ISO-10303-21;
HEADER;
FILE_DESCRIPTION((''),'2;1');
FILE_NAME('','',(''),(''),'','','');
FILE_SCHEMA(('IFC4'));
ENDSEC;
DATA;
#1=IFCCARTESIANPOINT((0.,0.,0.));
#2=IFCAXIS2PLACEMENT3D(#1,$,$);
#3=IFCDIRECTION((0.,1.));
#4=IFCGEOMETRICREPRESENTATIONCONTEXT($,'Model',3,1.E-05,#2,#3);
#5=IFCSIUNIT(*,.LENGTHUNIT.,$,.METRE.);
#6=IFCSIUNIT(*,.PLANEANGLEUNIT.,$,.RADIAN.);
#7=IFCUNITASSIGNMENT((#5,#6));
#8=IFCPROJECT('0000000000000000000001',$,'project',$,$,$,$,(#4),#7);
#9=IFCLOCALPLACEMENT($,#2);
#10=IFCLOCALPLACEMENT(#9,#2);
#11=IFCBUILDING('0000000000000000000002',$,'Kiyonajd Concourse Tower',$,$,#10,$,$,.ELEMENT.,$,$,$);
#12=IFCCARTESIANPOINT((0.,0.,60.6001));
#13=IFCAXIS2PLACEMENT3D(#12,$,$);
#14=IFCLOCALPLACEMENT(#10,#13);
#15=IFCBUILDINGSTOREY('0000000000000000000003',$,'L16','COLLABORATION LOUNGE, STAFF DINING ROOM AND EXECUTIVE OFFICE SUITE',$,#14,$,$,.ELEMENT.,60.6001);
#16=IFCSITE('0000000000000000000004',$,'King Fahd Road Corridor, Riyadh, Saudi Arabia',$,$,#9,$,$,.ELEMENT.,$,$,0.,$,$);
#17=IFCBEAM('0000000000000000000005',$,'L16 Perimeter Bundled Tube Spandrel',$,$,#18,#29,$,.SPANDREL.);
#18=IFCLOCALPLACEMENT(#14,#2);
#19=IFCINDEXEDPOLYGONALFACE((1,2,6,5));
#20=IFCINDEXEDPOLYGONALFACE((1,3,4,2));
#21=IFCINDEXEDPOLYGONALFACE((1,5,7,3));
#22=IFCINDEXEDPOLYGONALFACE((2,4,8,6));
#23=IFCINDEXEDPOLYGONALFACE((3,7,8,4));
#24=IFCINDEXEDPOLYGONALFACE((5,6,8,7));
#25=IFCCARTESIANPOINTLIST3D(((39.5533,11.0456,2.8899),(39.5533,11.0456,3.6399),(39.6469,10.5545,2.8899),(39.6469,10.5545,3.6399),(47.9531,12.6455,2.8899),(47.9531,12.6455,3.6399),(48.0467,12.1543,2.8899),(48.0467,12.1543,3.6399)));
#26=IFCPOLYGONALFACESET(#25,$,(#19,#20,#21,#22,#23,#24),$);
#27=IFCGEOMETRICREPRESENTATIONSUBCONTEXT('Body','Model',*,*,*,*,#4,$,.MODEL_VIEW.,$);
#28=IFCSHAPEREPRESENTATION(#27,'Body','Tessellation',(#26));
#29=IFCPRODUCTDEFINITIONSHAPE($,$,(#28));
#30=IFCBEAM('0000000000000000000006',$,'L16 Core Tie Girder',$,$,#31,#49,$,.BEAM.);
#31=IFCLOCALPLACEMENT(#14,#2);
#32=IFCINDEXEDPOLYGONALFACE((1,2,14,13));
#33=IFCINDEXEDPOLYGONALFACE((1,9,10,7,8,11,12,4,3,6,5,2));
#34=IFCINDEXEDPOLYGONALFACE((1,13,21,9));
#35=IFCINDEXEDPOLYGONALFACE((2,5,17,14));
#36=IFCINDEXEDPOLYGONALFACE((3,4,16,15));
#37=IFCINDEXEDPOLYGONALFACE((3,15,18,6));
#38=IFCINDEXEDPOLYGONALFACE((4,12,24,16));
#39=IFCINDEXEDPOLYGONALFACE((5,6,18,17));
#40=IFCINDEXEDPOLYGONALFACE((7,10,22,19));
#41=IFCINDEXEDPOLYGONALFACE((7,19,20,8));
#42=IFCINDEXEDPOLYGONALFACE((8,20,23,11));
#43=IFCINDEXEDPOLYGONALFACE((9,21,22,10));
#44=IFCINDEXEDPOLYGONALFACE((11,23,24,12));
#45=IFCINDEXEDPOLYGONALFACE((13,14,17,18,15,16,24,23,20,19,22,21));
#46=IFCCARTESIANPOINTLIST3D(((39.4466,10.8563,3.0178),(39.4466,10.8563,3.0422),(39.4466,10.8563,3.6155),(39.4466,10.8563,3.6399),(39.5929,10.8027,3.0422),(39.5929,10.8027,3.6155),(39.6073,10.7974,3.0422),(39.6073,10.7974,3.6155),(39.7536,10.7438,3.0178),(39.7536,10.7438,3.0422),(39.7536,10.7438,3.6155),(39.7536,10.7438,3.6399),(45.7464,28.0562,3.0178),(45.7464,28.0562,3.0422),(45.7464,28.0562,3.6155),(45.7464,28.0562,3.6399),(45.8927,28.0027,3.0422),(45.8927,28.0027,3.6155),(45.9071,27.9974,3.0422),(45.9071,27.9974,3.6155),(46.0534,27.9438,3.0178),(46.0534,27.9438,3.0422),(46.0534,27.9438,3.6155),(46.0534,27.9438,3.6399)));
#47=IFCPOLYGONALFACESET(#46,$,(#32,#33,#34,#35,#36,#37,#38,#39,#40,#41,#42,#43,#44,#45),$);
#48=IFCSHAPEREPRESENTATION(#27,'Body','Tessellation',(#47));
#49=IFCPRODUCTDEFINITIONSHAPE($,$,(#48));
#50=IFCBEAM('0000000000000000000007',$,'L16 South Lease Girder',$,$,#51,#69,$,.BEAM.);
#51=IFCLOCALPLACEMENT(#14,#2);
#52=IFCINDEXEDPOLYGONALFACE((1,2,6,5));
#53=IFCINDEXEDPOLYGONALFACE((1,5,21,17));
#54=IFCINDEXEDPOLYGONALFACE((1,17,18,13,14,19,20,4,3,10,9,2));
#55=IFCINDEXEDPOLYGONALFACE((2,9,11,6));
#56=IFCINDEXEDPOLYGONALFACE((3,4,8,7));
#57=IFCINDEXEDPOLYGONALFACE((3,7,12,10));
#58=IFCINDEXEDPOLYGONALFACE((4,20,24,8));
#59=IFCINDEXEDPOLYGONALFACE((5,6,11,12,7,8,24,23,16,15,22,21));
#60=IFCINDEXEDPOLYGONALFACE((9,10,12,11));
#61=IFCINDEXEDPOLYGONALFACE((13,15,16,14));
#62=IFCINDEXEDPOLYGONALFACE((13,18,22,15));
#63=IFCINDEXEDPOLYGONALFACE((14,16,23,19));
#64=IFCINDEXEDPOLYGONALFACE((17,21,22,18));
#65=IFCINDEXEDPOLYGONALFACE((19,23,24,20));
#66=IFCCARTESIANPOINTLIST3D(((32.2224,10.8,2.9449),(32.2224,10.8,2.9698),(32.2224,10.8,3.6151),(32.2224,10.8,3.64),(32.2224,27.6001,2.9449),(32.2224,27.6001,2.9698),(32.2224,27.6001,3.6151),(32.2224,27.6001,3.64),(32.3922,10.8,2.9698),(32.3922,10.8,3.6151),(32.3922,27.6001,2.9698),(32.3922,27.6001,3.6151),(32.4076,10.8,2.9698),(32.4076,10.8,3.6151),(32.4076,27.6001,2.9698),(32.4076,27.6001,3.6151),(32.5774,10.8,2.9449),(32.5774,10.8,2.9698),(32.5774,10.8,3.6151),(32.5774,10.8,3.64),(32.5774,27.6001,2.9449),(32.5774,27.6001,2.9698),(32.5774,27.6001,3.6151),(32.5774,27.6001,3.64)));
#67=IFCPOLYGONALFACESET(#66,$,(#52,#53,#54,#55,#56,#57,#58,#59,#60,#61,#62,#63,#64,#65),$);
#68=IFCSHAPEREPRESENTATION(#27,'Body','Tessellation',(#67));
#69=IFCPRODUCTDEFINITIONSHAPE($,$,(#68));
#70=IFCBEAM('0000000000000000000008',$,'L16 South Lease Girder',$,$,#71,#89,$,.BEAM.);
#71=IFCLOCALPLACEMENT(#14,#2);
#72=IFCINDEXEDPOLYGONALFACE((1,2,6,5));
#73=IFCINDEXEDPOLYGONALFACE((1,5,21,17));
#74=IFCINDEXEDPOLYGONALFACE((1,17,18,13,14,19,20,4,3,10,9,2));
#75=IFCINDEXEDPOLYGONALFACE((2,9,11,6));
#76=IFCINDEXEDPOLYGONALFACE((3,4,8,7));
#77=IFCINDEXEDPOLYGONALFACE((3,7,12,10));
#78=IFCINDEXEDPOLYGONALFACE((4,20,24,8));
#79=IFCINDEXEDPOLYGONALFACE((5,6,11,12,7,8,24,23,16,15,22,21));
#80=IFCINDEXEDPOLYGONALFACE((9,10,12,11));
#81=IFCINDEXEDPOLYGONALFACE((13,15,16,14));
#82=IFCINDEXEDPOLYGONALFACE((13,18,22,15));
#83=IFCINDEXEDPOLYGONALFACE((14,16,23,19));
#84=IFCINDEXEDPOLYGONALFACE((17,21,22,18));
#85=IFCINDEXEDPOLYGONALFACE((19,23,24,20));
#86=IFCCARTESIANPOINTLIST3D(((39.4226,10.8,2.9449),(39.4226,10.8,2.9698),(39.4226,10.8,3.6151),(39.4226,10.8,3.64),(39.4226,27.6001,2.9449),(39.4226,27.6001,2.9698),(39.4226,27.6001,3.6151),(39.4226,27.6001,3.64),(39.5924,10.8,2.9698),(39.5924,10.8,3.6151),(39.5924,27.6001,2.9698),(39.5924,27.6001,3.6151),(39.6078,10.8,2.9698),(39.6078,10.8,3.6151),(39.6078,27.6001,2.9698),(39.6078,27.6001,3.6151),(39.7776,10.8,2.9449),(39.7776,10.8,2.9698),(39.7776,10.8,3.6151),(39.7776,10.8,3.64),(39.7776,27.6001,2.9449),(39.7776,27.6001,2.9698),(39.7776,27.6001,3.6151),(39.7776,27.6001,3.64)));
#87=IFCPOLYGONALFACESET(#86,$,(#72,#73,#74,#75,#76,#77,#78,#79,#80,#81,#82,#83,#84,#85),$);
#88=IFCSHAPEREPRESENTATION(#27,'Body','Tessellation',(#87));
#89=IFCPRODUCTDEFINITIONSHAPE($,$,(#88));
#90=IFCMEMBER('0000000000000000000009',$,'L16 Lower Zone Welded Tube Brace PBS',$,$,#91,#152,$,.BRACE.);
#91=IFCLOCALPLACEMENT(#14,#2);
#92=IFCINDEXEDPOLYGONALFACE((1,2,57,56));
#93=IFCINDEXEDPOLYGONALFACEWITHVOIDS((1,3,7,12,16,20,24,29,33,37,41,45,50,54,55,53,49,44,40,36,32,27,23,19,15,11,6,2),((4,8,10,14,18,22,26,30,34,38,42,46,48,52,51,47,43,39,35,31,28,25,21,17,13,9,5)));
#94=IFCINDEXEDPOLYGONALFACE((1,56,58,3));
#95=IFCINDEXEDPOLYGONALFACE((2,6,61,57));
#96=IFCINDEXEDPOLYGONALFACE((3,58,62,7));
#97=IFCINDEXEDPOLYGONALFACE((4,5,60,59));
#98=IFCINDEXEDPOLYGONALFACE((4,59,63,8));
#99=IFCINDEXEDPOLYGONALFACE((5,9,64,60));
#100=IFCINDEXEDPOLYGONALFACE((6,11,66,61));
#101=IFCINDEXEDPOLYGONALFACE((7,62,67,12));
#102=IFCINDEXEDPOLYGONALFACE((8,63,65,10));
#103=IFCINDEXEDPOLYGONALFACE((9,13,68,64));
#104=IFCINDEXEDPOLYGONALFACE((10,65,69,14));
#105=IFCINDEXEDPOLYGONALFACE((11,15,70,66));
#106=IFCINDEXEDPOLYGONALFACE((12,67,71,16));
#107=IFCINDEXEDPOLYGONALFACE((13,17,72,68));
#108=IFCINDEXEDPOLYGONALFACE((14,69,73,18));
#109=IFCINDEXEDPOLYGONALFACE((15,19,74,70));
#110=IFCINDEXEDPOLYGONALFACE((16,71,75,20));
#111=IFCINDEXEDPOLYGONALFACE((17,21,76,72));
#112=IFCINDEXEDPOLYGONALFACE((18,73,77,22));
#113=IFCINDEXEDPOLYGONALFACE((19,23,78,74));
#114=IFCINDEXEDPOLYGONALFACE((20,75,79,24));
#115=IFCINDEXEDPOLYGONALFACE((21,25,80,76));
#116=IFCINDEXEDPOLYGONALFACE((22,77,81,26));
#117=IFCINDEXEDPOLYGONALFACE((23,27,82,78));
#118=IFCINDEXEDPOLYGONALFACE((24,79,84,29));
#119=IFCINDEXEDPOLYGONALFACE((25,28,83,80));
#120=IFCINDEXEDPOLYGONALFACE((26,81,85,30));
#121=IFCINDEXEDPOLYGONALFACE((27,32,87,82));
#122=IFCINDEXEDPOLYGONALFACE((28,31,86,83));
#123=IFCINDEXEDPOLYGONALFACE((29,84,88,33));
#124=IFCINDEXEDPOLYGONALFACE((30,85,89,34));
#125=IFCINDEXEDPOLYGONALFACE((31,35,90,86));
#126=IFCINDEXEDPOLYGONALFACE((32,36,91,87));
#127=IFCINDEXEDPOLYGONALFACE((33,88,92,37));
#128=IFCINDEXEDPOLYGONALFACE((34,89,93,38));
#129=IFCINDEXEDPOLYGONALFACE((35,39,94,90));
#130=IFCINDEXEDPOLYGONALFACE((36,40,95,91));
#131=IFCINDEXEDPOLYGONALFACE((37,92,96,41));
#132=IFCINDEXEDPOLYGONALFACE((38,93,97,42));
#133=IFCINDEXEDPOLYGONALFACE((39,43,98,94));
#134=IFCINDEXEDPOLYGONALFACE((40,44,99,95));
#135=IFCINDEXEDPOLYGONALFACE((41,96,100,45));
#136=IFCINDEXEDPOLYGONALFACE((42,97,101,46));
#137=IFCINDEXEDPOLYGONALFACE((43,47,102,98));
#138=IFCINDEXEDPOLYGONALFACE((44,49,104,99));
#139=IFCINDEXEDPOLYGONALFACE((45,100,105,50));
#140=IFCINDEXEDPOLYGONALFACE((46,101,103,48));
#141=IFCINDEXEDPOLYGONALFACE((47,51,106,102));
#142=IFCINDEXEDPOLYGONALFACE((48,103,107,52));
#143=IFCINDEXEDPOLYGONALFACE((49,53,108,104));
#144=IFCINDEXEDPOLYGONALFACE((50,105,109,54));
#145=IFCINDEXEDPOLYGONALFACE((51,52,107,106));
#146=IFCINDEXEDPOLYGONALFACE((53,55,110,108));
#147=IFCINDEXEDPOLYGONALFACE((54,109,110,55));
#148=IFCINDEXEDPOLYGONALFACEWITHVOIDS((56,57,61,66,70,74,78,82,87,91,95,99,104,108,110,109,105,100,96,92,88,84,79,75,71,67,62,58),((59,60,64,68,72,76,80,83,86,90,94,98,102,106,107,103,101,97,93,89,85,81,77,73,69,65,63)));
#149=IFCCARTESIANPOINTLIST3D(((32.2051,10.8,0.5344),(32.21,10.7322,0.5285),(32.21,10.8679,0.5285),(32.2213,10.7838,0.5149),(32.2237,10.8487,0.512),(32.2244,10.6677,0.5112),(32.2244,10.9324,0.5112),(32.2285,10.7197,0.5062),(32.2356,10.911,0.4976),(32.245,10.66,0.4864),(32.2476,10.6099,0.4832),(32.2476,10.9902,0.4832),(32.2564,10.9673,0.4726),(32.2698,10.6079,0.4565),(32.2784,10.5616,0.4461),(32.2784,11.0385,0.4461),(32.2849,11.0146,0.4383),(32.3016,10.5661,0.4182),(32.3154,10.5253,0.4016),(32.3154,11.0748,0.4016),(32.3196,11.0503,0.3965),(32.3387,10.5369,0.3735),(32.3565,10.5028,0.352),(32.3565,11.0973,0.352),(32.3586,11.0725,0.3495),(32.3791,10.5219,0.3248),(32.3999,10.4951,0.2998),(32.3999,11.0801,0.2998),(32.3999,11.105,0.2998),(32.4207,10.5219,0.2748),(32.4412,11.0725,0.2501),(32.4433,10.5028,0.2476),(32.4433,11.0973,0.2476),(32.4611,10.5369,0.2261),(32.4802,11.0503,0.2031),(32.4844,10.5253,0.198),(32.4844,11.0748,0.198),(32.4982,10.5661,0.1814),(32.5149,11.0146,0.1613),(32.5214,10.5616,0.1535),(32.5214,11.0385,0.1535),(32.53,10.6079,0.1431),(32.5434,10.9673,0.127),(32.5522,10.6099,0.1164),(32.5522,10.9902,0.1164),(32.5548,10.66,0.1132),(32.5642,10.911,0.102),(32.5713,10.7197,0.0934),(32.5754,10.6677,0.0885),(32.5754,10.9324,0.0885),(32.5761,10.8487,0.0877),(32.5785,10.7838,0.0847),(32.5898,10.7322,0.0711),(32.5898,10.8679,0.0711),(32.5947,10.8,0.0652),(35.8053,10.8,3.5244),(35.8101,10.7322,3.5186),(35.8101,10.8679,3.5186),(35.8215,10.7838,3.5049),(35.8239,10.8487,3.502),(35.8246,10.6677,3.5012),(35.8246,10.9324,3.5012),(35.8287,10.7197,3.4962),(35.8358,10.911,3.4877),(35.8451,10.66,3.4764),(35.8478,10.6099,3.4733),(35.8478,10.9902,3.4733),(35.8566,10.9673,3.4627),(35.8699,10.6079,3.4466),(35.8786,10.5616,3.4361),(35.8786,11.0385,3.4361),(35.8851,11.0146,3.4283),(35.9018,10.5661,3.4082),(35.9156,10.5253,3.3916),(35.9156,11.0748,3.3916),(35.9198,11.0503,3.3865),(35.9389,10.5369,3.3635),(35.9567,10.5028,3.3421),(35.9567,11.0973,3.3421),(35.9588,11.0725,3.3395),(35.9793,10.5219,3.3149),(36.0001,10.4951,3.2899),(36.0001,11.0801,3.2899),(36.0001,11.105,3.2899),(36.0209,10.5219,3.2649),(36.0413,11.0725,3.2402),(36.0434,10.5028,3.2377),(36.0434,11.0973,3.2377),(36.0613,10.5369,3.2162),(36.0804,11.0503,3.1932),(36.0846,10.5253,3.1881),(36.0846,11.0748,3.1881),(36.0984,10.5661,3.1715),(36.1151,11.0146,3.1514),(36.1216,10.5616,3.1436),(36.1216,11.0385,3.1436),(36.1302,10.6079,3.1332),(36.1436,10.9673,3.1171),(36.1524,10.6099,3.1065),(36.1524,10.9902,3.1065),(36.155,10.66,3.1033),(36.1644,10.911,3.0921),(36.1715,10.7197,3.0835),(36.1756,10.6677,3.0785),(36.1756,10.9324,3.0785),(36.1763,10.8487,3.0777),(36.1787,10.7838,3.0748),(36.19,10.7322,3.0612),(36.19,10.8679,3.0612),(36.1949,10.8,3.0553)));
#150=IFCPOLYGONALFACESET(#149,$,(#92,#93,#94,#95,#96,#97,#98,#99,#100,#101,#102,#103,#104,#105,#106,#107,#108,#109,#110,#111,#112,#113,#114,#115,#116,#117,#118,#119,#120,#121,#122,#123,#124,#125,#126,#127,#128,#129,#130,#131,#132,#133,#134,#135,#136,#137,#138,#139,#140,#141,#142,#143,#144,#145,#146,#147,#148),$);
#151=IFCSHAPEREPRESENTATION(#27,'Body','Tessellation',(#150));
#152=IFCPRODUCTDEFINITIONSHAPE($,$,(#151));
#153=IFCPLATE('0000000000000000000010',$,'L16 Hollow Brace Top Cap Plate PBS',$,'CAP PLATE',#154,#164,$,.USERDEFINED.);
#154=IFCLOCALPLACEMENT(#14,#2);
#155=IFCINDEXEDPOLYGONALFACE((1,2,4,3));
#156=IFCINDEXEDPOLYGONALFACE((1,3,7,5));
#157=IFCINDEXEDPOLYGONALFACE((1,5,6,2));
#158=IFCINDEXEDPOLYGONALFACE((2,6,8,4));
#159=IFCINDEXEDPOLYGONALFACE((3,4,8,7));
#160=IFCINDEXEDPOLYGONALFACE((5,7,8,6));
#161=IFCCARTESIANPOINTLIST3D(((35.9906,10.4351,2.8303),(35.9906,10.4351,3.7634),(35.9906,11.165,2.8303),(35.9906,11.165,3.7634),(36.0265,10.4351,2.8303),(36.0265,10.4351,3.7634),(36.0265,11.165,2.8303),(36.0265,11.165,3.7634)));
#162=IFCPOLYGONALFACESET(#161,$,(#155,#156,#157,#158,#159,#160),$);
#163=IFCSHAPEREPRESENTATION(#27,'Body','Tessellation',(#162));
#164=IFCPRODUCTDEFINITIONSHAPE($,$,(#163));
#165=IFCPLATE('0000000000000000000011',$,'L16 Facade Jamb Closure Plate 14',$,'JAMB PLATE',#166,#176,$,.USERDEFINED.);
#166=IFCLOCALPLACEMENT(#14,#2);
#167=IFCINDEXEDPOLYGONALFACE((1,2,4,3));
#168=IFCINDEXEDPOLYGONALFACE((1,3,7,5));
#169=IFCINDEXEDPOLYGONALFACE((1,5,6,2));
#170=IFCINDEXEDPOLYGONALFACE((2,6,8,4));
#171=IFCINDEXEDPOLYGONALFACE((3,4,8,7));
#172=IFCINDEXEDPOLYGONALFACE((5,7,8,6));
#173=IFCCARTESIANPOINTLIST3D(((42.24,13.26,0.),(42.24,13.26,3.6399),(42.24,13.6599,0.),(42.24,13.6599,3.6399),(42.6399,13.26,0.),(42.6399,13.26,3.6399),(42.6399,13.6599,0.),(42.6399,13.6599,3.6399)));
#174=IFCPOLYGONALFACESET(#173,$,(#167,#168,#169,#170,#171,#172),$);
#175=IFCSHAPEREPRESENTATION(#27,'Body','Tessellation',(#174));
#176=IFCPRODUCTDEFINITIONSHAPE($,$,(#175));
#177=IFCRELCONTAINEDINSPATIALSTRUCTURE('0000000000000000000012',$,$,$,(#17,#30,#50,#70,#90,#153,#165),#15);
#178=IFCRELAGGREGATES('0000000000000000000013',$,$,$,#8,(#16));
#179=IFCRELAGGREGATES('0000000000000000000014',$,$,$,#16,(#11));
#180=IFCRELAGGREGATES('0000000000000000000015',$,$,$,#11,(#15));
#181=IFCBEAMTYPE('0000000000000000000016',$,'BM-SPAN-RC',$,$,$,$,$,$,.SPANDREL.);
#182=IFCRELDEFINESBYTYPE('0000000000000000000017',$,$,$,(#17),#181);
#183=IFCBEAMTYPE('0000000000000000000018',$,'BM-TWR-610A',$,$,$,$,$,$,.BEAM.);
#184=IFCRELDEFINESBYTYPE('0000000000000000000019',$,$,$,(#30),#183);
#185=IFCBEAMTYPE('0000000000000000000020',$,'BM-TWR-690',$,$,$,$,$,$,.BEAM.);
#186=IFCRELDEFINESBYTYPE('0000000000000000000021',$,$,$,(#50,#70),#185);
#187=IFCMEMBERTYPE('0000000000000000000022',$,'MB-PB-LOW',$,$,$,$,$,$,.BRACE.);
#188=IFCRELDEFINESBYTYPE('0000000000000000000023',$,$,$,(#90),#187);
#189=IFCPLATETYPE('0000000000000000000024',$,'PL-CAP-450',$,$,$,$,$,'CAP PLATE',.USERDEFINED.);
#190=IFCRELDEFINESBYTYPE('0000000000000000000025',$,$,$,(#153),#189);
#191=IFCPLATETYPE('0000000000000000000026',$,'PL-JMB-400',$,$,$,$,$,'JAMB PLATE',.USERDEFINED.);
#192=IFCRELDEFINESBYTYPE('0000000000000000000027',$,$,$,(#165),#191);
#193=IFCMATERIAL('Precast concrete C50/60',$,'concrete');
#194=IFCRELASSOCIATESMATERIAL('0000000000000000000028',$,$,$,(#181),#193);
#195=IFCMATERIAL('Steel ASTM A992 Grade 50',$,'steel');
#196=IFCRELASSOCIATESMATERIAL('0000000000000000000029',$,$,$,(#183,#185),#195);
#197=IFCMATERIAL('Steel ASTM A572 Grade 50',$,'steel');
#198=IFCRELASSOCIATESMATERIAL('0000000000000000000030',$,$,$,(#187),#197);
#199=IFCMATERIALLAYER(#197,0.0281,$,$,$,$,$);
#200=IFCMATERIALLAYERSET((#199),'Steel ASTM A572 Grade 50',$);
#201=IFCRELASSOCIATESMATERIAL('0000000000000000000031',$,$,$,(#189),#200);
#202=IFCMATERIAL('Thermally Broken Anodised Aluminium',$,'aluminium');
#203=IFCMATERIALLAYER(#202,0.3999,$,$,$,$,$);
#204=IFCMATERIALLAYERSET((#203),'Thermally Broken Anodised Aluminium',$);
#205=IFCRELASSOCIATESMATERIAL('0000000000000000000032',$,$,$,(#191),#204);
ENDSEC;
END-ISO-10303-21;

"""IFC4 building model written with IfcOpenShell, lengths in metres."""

from ifc_helpers import new_model, si_unit, direction, frame, origin, origin_2d, place, context, subcontext, project, spatial, rectangle, hollow_circle, i_section, extrude, material, layer, layer_set, material_profile, profile_set, type_object, element, save


model = new_model("IFC4")

# Units and contexts
model_context = context("Model", 3, precision=1e-05, world=origin(), true_north=direction((0.0, 1.0)))
body_context = subcontext(model_context, "Body", "Model", "MODEL_VIEW")
ifc_project = project(units=[si_unit("LENGTHUNIT", "METRE"), si_unit("PLANEANGLEUNIT", "RADIAN")], contexts=[model_context])

# Site, building, storey
site_placement = place(None, origin())
site = spatial("IfcSite", under=ifc_project, at=site_placement, Name="King Fahd Road Corridor, Riyadh, Saudi Arabia", CompositionType="ELEMENT", RefElevation=0.0)
building_placement = place(site_placement, origin())
building = spatial("IfcBuilding", under=site, at=building_placement, Name="Kiyonajd Concourse Tower", CompositionType="ELEMENT")
storey_placement = place(building_placement, frame((0.0, 0.0, 60.6001)))
storey = spatial("IfcBuildingStorey", under=building, at=storey_placement, Name="L16", Description="COLLABORATION LOUNGE, STAFF DINING ROOM AND EXECUTIVE OFFICE SUITE", CompositionType="ELEMENT", Elevation=60.6001)

# Beams
ifc_material_1 = material(Name="Steel ASTM A992 Grade 50", Category="steel")
ifc_material_2 = material(Name="Precast concrete C50/60", Category="concrete")
ifc_material_profile_1 = material_profile(ifc_material_2, rectangle(XDim=0.5, YDim=0.75, at=origin_2d()), Name="RCBM-500x750")
ifc_profile_set_1 = profile_set([ifc_material_profile_1], Name="Precast concrete C50/60")
beam_type_1 = type_object("IfcBeamType", Name="BM-SPAN-RC", PredefinedType="SPANDREL", material=ifc_profile_set_1)
beam_1_placement = place(storey_placement, frame((39.6001, 10.8, 3.2649), z_axis=(0.982341, 0.187098, 0.0), x_axis=(-0.187098, 0.982341, 0.0)))
element("IfcBeam", 1, at=beam_1_placement, inside=storey, type_object=beam_type_1, Name="L16 Perimeter Bundled Tube Spandrel", PredefinedType="SPANDREL", context=body_context, shape_type="SweptSolid", body=[
    extrude(rectangle(XDim=0.5, YDim=0.75, at=origin_2d()), origin(), (0.0, 0.0, 1.0), 8.5508),
])
ifc_material_profile_2 = material_profile(ifc_material_1, i_section(OverallWidth=0.3269, OverallDepth=0.6221, WebThickness=0.0154, FlangeThickness=0.0244, at=origin_2d()), Name="W610X195")
ifc_profile_set_2 = profile_set([ifc_material_profile_2], Name="Steel ASTM A992 Grade 50")
beam_type_2 = type_object("IfcBeamType", Name="BM-TWR-610A", PredefinedType="BEAM", material=ifc_profile_set_2)
beam_2_placement = place(storey_placement, frame((39.6001, 10.8, 3.3289), z_axis=(0.343925, 0.938997, 0.0), x_axis=(-0.938997, 0.343925, 0.0)))
element("IfcBeam", 2, at=beam_2_placement, inside=storey, type_object=beam_type_2, Name="L16 Core Tie Girder", PredefinedType="BEAM", context=body_context, shape_type="SweptSolid", body=[
    extrude(i_section(OverallWidth=0.3269, OverallDepth=0.6221, WebThickness=0.0154, FlangeThickness=0.0244, at=origin_2d()), origin(), (0.0, 0.0, 1.0), 18.3174),
])
ifc_material_profile_3 = material_profile(ifc_material_1, i_section(OverallWidth=0.355, OverallDepth=0.6951, WebThickness=0.0154, FlangeThickness=0.0249, at=origin_2d()), Name="W690X217")
ifc_profile_set_3 = profile_set([ifc_material_profile_3], Name="Steel ASTM A992 Grade 50")
beam_type_3 = type_object("IfcBeamType", Name="BM-TWR-690", PredefinedType="BEAM", material=ifc_profile_set_3)
for number, where, z_axis, x_axis, name in (
    (3, (32.3999, 10.8, 3.2925), (0.0, 1.0, 0.0), (-1.0, 0.0, 0.0), "L16 South Lease Girder"),
    (4, (39.6001, 10.8, 3.2925), (0.0, 1.0, 0.0), (-1.0, 0.0, 0.0), "L16 South Lease Girder"),
):
    element("IfcBeam", number, at=place(storey_placement, frame(where, z_axis=z_axis, x_axis=x_axis)), inside=storey, type_object=beam_type_3, Name=name, PredefinedType="BEAM", context=body_context, shape_type="SweptSolid", body=[
        extrude(i_section(OverallWidth=0.355, OverallDepth=0.6951, WebThickness=0.0154, FlangeThickness=0.0249, at=origin_2d()), origin(), (0.0, 0.0, 1.0), 16.8),
    ])

# Member
ifc_material_3 = material(Name="Steel ASTM A572 Grade 50", Category="steel")
ifc_material_profile_4 = material_profile(ifc_material_3, hollow_circle(Radius=0.3049, WallThickness=0.0249, at=origin_2d()), Name="CHS-610x25")
ifc_profile_set_4 = profile_set([ifc_material_profile_4], Name="Steel ASTM A572 Grade 50")
member_type = type_object("IfcMemberType", Name="MB-PB-LOW", PredefinedType="BRACE", material=ifc_profile_set_4)
member_placement = place(storey_placement, frame((32.3999, 10.8, 0.2998), z_axis=(0.769281, 0.0, 0.638911), x_axis=(0.0, 1.0, 0.0)))
element("IfcMember", 5, at=member_placement, inside=storey, type_object=member_type, Name="L16 Lower Zone Welded Tube Brace PBS", PredefinedType="BRACE", context=body_context, shape_type="SweptSolid", body=[
    extrude(hollow_circle(Radius=0.3049, WallThickness=0.0249, at=origin_2d()), origin(), (0.0, 0.0, 1.0), 4.6799),
])

# Plates
ifc_layer_1 = layer(ifc_material_3, 0.0281)
ifc_layer_set_1 = layer_set([ifc_layer_1], Name="Steel ASTM A572 Grade 50")
plate_type_1 = type_object("IfcPlateType", Name="PL-CAP-450", ElementType="CAP PLATE", PredefinedType="USERDEFINED", material=ifc_layer_set_1)
plate_1_placement = place(storey_placement, frame((36.0085, 10.8, 2.8303), z_axis=(0.0, 0.0, 1.0), x_axis=(1.0, 0.0, 0.0)))
element("IfcPlate", 6, at=plate_1_placement, inside=storey, type_object=plate_type_1, Name="L16 Hollow Brace Top Cap Plate PBS", ObjectType="CAP PLATE", PredefinedType="USERDEFINED", context=body_context, shape_type="SweptSolid", body=[
    extrude(rectangle(XDim=0.0359, YDim=0.73, at=origin_2d()), origin(), (0.0, 0.0, 1.0), 0.9331),
])
ifc_material_4 = material(Name="Thermally Broken Anodised Aluminium", Category="aluminium")
ifc_layer_2 = layer(ifc_material_4, 0.3999)
ifc_layer_set_2 = layer_set([ifc_layer_2], Name="Thermally Broken Anodised Aluminium")
plate_type_2 = type_object("IfcPlateType", Name="PL-JMB-400", ElementType="JAMB PLATE", PredefinedType="USERDEFINED", material=ifc_layer_set_2)
plate_2_placement = place(storey_placement, frame((42.4399, 13.46, 0.0), z_axis=(0.0, 0.0, 1.0), x_axis=(1.0, 0.0, 0.0)))
element("IfcPlate", 7, at=plate_2_placement, inside=storey, type_object=plate_type_2, Name="L16 Facade Jamb Closure Plate 14", ObjectType="JAMB PLATE", PredefinedType="USERDEFINED", context=body_context, shape_type="SweptSolid", body=[
    extrude(rectangle(XDim=0.3999, YDim=0.3999, at=origin_2d()), origin(), (0.0, 0.0, 1.0), 3.6399),
])

save(model, "model.ifc")
